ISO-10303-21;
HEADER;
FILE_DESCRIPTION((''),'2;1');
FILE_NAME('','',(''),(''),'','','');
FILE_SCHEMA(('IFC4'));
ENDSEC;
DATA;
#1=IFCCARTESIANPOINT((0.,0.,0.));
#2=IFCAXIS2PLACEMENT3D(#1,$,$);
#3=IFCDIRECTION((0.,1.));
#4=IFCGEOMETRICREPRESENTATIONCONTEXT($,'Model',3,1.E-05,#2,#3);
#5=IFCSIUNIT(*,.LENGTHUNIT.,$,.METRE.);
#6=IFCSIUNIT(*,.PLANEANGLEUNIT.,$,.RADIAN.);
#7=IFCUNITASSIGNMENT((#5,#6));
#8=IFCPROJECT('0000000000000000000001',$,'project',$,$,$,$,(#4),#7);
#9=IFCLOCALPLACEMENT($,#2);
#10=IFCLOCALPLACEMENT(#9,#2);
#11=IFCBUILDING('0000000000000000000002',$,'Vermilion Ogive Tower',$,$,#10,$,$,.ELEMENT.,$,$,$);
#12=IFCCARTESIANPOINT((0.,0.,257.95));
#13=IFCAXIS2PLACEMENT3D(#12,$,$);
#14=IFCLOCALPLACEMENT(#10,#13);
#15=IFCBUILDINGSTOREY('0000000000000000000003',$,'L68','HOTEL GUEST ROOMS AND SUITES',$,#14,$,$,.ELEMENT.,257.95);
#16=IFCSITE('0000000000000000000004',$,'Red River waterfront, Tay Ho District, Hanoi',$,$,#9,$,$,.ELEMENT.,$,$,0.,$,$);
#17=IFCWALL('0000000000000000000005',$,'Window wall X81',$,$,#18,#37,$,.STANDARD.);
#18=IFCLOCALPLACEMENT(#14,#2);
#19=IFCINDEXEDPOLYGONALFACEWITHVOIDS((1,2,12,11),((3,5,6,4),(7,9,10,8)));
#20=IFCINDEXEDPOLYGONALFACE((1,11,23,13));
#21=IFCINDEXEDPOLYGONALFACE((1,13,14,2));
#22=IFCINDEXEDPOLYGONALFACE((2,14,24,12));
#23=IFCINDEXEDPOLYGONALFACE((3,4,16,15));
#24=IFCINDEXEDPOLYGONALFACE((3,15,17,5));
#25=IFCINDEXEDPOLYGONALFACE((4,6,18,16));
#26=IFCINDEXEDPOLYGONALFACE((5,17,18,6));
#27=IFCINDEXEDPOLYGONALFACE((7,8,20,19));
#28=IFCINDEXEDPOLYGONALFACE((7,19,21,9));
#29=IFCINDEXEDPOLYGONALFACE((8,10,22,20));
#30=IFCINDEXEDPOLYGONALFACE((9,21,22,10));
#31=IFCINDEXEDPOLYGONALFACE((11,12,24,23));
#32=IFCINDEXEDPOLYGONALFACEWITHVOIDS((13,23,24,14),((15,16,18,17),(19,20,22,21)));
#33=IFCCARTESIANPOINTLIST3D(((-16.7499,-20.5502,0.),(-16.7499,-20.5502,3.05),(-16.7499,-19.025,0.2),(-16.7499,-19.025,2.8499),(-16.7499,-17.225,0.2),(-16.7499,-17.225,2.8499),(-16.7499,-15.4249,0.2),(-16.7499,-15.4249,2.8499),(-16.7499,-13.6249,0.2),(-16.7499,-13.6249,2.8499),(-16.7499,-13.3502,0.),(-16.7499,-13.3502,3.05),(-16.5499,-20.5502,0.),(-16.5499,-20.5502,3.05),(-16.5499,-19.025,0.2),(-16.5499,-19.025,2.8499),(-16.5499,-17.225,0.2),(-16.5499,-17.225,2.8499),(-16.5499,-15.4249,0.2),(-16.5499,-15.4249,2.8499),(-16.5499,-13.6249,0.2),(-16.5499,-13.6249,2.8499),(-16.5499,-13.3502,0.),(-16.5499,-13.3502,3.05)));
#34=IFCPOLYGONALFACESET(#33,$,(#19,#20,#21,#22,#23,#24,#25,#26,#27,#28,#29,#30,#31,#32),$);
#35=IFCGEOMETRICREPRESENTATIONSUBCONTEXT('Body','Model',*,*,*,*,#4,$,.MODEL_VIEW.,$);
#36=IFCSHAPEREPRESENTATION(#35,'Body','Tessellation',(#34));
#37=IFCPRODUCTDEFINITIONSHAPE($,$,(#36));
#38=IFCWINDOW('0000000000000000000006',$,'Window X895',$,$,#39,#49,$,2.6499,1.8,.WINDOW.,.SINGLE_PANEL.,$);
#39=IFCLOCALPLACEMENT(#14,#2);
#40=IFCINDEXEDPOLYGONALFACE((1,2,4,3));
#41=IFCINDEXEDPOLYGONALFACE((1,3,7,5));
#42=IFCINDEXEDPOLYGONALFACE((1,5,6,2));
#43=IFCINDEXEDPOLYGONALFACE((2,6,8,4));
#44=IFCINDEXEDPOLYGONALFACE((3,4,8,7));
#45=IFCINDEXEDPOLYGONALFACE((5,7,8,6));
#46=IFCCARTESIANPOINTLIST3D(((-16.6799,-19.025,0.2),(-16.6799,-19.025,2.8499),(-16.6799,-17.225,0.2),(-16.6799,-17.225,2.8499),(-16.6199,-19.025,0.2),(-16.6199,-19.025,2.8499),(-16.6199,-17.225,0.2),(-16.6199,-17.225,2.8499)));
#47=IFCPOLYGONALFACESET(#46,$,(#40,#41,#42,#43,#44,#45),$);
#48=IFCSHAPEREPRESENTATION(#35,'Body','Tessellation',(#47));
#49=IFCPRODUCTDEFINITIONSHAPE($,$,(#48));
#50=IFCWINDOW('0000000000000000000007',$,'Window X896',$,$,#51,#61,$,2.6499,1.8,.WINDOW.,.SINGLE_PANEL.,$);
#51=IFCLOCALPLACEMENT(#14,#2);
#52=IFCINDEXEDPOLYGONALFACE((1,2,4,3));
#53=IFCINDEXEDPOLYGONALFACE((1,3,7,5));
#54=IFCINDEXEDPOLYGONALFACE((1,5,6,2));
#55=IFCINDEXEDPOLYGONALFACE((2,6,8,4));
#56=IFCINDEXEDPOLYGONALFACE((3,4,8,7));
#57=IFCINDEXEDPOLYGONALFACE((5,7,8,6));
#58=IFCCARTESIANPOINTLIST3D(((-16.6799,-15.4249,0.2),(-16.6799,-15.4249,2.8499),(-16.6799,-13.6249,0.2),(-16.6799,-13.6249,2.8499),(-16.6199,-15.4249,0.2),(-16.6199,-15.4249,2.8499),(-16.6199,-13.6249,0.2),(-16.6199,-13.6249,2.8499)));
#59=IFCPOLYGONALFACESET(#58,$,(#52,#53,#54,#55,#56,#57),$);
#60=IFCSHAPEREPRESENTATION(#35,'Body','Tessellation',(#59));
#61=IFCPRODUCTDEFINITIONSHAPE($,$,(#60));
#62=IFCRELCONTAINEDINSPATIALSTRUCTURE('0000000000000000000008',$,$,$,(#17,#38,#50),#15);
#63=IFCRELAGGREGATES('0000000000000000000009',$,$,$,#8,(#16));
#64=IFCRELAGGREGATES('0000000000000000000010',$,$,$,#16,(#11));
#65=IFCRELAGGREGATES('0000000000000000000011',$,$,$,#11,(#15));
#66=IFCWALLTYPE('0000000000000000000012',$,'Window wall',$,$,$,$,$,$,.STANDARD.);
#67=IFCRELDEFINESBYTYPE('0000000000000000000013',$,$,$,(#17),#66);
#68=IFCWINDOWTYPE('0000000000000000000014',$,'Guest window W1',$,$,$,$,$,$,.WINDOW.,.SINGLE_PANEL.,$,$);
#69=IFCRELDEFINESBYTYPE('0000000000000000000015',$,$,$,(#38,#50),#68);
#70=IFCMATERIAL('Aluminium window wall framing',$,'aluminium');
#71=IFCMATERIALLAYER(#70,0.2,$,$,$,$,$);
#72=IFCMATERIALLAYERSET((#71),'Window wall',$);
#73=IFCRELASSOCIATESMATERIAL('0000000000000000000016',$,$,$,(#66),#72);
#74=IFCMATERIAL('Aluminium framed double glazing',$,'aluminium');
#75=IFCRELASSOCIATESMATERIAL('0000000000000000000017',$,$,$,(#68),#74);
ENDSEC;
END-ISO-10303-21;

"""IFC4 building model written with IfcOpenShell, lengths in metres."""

from ifc_helpers import new_model, si_unit, direction, frame, frame_2d, origin, place, context, subcontext, project, spatial, rectangle, extrude, material, layer, layer_set, type_object, element, fill, save


model = new_model("IFC4")

# Units and contexts
model_context = context("Model", 3, precision=1e-05, world=origin(), true_north=direction((0.0, 1.0)))
body_context = subcontext(model_context, "Body", "Model", "MODEL_VIEW")
ifc_project = project(units=[si_unit("LENGTHUNIT", "METRE"), si_unit("PLANEANGLEUNIT", "RADIAN")], contexts=[model_context])

# Site, building, storey
site_placement = place(None, origin())
site = spatial("IfcSite", under=ifc_project, at=site_placement, Name="Red River waterfront, Tay Ho District, Hanoi", CompositionType="ELEMENT", RefElevation=0.0)
building_placement = place(site_placement, origin())
building = spatial("IfcBuilding", under=site, at=building_placement, Name="Vermilion Ogive Tower", CompositionType="ELEMENT")
storey_placement = place(building_placement, frame((0.0, 0.0, 257.95)))
storey = spatial("IfcBuildingStorey", under=building, at=storey_placement, Name="L68", Description="HOTEL GUEST ROOMS AND SUITES", CompositionType="ELEMENT", Elevation=257.95)

# Shared definitions
ifc_material_1 = material(Name="Aluminium window wall framing", Category="aluminium")
ifc_layer_1 = layer(ifc_material_1, 0.2)
ifc_layer_set_1 = layer_set([ifc_layer_1], Name="Window wall")
wall_type_1 = type_object("IfcWallType", Name="Window wall", PredefinedType="STANDARD", material=ifc_layer_set_1)

# Wall, openings, windows
wall_1_placement = place(storey_placement, frame((-16.6499, -13.3501, 0.0), z_axis=(0.0, 0.0, 1.0), x_axis=(0.0, -1.0, 0.0)))
wall_1 = element("IfcWall", 1, at=wall_1_placement, inside=storey, type_object=wall_type_1, Name="Window wall X81", PredefinedType="STANDARD", context=body_context, shape_type="SweptSolid", body=[
    extrude(rectangle(XDim=7.2, YDim=0.2, at=frame_2d((3.6001, 0.0))), origin(), (0.0, 0.0, 1.0), 3.05),
])
opening_1_placement = place(wall_1_placement, frame((3.875, 0.0, 0.2)))
opening_1 = element("IfcOpeningElement", 2, at=opening_1_placement, cuts=wall_1, PredefinedType="OPENING", context=body_context, shape_type="SweptSolid", body=[
    extrude(rectangle(XDim=1.8, YDim=2.6499, at=frame_2d((0.8999, 1.325))), frame((0.0, 0.1099, 0.0), z_axis=(0.0, -1.0, 0.0), x_axis=(1.0, 0.0, 0.0)), (0.0, 0.0, 1.0), 0.22),
])
opening_2_placement = place(wall_1_placement, frame((0.2749, 0.0, 0.2)))
opening_2 = element("IfcOpeningElement", 3, at=opening_2_placement, cuts=wall_1, PredefinedType="OPENING", context=body_context, shape_type="SweptSolid", body=[
    extrude(rectangle(XDim=1.8, YDim=2.6499, at=frame_2d((0.8999, 1.325))), frame((0.0, 0.1099, 0.0), z_axis=(0.0, -1.0, 0.0), x_axis=(1.0, 0.0, 0.0)), (0.0, 0.0, 1.0), 0.22),
])
ifc_material_2 = material(Name="Aluminium framed double glazing", Category="aluminium")
window_type = type_object("IfcWindowType", Name="Guest window W1", PartitioningType="SINGLE_PANEL", PredefinedType="WINDOW", material=ifc_material_2)
window_1_placement = place(opening_1_placement, origin())
window_1 = element("IfcWindow", 4, at=window_1_placement, inside=storey, type_object=window_type, Name="Window X895", OverallHeight=2.6499, OverallWidth=1.8, PartitioningType="SINGLE_PANEL", PredefinedType="WINDOW", context=body_context, shape_type="SweptSolid", body=[
    extrude(rectangle(XDim=1.8, YDim=2.6499, at=frame_2d((0.8999, 1.325))), frame((0.0, 0.03, 0.0), z_axis=(0.0, -1.0, 0.0), x_axis=(1.0, 0.0, 0.0)), (0.0, 0.0, 1.0), 0.0601),
])
fill(opening_1, window_1)
window_2_placement = place(opening_2_placement, origin())
window_2 = element("IfcWindow", 5, at=window_2_placement, inside=storey, type_object=window_type, Name="Window X896", OverallHeight=2.6499, OverallWidth=1.8, PartitioningType="SINGLE_PANEL", PredefinedType="WINDOW", context=body_context, shape_type="SweptSolid", body=[
    extrude(rectangle(XDim=1.8, YDim=2.6499, at=frame_2d((0.8999, 1.325))), frame((0.0, 0.03, 0.0), z_axis=(0.0, -1.0, 0.0), x_axis=(1.0, 0.0, 0.0)), (0.0, 0.0, 1.0), 0.0601),
])
fill(opening_2, window_2)

save(model, "model.ifc")
